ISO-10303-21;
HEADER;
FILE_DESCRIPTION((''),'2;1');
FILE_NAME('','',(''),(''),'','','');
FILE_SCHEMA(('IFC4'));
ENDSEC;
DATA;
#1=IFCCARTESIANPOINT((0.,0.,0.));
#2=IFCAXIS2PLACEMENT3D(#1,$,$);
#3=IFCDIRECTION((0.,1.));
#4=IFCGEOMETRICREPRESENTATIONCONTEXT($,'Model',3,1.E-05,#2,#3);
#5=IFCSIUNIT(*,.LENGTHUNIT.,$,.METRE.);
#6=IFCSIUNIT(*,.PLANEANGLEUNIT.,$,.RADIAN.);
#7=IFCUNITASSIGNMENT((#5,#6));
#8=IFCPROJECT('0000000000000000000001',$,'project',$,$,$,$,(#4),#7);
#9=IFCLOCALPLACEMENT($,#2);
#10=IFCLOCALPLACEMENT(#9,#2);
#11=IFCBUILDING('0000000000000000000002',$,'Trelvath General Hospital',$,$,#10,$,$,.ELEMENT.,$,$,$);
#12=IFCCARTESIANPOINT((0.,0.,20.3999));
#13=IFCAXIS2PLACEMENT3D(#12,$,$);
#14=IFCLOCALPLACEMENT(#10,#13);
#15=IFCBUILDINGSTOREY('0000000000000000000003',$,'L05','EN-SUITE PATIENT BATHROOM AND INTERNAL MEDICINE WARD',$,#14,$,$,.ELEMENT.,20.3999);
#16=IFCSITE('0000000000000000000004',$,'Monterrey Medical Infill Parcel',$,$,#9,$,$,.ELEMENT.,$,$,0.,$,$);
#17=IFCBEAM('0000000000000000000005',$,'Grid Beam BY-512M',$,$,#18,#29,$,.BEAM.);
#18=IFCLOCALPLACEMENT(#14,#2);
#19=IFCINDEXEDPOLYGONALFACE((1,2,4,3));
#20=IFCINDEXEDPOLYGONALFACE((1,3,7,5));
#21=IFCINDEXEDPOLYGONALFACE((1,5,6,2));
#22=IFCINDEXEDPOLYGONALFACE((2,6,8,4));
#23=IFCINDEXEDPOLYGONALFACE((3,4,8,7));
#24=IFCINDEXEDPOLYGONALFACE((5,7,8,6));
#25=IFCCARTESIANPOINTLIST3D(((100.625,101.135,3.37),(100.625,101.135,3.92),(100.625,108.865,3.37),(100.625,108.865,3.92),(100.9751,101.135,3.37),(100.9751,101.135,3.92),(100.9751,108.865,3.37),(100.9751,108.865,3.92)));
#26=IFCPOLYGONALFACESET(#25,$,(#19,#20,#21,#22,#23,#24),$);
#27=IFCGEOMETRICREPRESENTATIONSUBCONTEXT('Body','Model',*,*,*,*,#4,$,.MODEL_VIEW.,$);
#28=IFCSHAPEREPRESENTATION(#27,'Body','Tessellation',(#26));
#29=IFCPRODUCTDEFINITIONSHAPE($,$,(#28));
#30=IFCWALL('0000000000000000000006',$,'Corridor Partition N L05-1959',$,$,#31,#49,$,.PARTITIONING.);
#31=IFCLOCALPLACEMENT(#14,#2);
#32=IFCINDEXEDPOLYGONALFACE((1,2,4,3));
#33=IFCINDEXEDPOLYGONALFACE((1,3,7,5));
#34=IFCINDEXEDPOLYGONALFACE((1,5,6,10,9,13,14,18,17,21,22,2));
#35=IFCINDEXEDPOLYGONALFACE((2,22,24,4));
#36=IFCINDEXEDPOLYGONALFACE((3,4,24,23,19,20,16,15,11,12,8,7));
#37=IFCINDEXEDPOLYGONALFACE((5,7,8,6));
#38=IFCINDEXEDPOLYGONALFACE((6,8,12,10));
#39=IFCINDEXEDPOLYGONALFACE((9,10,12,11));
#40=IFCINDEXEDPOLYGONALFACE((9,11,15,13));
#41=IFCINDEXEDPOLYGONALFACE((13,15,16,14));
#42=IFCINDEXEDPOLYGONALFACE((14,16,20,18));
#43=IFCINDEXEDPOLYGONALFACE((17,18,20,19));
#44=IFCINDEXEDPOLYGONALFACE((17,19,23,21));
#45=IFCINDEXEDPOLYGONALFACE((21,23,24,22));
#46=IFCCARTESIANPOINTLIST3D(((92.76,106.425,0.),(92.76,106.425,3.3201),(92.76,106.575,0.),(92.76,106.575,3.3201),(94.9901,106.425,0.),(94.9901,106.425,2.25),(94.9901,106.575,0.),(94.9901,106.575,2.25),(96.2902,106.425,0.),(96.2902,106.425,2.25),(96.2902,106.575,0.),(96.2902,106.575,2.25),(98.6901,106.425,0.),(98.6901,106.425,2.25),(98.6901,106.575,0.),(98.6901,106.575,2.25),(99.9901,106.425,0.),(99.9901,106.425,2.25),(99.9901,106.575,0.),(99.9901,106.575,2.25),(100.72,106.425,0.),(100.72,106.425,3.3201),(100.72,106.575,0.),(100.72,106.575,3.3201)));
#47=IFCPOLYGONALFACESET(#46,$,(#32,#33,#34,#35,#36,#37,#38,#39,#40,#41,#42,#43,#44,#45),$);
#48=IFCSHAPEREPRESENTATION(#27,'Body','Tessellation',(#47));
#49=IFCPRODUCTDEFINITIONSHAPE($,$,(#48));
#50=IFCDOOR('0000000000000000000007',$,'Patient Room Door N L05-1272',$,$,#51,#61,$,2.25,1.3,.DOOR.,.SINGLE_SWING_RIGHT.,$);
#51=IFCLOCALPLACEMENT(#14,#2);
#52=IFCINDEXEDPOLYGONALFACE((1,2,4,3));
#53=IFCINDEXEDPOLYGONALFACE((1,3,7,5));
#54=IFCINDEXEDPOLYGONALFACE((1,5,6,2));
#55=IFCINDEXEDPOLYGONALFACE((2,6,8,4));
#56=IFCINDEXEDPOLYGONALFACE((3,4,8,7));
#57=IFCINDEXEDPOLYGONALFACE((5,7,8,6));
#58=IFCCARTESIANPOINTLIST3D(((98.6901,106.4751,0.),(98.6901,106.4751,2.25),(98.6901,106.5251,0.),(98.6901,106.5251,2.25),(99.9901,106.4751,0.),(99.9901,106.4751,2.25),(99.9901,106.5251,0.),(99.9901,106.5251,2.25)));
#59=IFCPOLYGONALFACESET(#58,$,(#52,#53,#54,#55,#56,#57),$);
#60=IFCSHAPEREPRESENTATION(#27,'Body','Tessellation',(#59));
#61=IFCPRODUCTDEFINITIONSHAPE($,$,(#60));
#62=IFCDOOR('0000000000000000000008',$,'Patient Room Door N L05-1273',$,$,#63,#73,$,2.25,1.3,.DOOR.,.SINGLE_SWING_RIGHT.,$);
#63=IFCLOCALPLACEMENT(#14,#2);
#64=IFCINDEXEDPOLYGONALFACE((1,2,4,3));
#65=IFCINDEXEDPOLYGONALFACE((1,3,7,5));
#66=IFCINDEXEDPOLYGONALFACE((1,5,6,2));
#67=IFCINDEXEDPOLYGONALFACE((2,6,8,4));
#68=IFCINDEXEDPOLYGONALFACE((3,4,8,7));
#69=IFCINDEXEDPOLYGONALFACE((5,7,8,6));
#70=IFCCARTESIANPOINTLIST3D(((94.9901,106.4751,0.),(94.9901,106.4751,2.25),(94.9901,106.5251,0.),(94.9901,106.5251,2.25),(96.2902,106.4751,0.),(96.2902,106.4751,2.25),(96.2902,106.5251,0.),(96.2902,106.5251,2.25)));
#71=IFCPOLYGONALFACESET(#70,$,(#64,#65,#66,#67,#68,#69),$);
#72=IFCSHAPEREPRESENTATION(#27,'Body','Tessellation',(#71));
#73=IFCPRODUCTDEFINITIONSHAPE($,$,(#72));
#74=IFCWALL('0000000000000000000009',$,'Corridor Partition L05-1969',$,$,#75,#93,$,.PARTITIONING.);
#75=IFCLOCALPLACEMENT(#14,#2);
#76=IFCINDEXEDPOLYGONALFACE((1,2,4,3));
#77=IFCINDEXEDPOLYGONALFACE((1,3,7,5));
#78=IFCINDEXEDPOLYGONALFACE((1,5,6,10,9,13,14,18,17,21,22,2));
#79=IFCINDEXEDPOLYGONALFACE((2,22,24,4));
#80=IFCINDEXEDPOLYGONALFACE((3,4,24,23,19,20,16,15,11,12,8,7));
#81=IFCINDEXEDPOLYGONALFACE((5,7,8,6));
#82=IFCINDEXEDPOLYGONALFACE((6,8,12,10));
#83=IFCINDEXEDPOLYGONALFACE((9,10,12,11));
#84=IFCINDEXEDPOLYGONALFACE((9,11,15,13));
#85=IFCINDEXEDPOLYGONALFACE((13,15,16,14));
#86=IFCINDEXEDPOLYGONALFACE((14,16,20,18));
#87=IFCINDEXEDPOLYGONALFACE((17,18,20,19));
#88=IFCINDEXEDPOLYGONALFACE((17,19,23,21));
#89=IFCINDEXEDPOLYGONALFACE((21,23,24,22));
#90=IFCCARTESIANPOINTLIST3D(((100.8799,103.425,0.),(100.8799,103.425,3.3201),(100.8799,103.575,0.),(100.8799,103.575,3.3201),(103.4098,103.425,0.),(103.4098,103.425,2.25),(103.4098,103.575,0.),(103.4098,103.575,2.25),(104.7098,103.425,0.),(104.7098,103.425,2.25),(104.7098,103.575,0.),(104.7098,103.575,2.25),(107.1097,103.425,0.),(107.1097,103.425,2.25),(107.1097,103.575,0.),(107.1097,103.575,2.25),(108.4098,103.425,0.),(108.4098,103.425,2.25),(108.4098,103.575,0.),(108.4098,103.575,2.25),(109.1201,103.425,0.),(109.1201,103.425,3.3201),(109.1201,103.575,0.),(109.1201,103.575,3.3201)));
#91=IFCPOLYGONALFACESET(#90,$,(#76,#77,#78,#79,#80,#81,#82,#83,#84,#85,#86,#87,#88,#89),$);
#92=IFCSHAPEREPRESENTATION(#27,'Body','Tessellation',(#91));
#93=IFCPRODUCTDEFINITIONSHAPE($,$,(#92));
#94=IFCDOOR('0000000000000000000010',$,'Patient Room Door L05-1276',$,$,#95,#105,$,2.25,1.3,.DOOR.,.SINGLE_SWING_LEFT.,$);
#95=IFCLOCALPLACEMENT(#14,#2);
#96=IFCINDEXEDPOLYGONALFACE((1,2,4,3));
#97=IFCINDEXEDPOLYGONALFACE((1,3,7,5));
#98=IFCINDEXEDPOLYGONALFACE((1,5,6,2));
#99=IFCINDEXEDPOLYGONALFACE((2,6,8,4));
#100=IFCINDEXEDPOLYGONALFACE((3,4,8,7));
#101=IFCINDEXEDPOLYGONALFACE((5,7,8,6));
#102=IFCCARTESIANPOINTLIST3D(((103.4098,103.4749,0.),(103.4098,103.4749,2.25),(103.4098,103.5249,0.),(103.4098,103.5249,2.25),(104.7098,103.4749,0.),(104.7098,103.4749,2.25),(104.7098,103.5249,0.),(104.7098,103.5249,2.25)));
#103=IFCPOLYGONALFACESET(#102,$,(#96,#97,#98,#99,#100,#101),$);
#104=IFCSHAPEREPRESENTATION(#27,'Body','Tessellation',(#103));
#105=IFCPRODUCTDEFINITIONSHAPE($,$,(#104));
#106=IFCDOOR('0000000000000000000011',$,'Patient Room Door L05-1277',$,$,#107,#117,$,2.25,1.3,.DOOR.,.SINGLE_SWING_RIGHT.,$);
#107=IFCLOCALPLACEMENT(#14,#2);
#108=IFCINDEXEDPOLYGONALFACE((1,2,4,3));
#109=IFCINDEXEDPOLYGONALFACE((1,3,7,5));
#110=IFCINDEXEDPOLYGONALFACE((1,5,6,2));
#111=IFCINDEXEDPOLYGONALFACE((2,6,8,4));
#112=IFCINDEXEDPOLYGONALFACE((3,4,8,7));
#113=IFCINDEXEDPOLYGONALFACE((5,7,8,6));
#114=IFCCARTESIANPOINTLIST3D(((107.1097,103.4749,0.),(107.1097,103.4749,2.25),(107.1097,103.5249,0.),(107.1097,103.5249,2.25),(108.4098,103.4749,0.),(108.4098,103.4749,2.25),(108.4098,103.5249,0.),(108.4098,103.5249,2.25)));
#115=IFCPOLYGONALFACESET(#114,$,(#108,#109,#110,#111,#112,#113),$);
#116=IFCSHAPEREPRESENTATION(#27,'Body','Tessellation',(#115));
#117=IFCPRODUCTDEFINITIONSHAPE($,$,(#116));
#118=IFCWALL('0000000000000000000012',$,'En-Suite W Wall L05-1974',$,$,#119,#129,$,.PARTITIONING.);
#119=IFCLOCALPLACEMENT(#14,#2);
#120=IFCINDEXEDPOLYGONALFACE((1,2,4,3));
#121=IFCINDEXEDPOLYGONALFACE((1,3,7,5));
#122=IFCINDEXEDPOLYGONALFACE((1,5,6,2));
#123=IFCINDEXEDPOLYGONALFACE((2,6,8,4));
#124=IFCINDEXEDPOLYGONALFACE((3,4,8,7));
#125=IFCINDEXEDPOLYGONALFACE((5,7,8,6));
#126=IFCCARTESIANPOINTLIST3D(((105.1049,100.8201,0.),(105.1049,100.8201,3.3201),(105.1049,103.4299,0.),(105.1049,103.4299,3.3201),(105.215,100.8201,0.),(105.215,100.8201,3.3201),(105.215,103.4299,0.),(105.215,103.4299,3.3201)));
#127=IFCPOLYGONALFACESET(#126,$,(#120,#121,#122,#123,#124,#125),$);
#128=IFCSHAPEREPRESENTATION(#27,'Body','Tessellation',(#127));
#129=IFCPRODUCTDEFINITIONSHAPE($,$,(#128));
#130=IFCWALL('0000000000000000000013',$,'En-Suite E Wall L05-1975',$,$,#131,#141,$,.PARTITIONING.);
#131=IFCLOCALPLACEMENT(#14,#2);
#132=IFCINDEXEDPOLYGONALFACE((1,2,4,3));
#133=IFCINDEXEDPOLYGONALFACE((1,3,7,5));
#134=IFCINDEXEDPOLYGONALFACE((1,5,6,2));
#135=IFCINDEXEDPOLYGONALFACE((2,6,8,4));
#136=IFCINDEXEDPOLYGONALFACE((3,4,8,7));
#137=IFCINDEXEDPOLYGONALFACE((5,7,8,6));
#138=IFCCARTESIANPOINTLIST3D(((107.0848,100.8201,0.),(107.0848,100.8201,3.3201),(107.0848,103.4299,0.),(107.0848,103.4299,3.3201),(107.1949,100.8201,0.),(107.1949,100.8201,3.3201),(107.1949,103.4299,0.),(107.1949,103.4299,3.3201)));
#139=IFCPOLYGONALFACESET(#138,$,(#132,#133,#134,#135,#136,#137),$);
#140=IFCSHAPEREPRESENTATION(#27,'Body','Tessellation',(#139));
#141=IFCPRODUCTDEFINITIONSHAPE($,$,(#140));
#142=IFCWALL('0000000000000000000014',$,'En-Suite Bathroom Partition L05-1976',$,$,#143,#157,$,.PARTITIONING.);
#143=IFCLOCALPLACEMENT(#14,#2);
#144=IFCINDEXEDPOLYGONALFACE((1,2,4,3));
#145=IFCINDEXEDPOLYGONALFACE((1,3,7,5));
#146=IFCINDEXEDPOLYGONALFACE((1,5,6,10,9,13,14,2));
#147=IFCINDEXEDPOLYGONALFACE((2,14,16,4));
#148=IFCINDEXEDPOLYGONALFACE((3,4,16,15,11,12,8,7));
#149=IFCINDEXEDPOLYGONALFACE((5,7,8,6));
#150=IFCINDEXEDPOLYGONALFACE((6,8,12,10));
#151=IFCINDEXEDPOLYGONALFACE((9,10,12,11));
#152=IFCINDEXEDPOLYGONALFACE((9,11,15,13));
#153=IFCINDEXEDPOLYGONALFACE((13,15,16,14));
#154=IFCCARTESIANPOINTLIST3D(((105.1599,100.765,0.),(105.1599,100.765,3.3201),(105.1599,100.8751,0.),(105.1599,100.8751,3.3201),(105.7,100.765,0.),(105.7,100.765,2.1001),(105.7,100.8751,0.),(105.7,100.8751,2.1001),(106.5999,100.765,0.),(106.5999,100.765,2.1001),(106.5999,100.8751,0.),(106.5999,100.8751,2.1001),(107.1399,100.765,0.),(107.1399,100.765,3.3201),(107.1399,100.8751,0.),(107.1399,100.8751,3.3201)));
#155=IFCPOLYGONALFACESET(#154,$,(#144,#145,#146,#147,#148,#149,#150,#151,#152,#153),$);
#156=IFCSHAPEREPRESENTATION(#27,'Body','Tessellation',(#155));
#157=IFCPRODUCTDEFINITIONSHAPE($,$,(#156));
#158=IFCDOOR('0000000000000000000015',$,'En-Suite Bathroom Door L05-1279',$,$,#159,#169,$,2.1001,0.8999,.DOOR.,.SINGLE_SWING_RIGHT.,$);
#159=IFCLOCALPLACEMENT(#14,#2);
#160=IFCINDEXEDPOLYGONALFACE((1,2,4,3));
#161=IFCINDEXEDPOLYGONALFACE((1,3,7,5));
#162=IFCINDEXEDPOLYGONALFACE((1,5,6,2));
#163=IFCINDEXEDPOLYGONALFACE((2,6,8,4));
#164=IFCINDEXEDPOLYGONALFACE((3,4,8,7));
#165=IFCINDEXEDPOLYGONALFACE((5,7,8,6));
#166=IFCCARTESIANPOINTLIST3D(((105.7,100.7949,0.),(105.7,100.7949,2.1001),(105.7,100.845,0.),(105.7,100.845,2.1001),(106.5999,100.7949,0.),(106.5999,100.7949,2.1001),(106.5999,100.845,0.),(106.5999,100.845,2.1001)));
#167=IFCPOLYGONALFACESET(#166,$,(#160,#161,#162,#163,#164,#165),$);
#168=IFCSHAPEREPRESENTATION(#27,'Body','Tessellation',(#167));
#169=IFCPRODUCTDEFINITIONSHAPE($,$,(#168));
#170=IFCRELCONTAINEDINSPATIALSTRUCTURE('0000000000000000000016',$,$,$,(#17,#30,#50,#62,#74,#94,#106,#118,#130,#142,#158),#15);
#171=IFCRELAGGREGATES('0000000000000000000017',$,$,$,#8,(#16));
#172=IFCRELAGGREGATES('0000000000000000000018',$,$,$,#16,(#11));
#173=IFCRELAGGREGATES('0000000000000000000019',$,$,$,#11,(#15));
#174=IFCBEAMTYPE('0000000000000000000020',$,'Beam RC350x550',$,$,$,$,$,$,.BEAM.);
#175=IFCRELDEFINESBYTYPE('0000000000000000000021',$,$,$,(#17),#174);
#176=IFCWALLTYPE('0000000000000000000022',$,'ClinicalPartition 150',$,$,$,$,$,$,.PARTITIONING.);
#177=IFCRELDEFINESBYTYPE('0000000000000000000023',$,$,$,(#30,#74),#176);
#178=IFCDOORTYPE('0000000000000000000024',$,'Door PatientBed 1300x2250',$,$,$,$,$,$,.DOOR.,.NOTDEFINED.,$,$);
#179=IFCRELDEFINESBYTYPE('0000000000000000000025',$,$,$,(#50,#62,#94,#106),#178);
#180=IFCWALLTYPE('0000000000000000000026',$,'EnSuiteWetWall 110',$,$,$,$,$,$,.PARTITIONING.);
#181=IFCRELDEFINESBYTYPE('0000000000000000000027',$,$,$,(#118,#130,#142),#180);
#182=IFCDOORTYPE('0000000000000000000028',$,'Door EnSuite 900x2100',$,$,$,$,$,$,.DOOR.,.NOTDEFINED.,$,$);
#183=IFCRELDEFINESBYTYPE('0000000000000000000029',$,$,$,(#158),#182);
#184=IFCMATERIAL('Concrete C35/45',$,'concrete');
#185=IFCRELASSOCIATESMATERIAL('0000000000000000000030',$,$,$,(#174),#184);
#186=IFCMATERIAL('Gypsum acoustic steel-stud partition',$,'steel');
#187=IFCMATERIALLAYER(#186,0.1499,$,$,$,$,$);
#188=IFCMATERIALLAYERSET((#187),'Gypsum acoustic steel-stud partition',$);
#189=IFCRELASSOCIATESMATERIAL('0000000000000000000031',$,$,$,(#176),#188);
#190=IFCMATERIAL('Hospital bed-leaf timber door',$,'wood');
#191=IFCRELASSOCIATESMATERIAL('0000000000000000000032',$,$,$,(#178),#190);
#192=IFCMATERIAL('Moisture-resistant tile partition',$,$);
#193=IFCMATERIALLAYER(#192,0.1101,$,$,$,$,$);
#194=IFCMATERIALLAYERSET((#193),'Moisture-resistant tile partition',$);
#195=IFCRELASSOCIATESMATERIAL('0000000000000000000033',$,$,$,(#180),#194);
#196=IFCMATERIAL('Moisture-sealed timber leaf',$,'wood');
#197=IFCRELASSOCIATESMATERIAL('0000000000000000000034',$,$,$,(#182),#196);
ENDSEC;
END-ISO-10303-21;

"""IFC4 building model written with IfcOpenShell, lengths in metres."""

from ifc_helpers import new_model, si_unit, direction, frame, frame_2d, origin, origin_2d, place, context, subcontext, project, spatial, rectangle, extrude, material, layer, layer_set, material_profile, profile_set, type_object, element, fill, save


model = new_model("IFC4")

# Units and contexts
model_context = context("Model", 3, precision=1e-05, world=origin(), true_north=direction((0.0, 1.0)))
body_context = subcontext(model_context, "Body", "Model", "MODEL_VIEW")
ifc_project = project(units=[si_unit("LENGTHUNIT", "METRE"), si_unit("PLANEANGLEUNIT", "RADIAN")], contexts=[model_context])

# Site, building, storey
site_placement = place(None, origin())
site = spatial("IfcSite", under=ifc_project, at=site_placement, Name="Monterrey Medical Infill Parcel", CompositionType="ELEMENT", RefElevation=0.0)
building_placement = place(site_placement, origin())
building = spatial("IfcBuilding", under=site, at=building_placement, Name="Trelvath General Hospital", CompositionType="ELEMENT")
storey_placement = place(building_placement, frame((0.0, 0.0, 20.3999)))
storey = spatial("IfcBuildingStorey", under=building, at=storey_placement, Name="L05", Description="EN-SUITE PATIENT BATHROOM AND INTERNAL MEDICINE WARD", CompositionType="ELEMENT", Elevation=20.3999)

# Beam
ifc_material_1 = material(Name="Concrete C35/45", Category="concrete")
ifc_material_profile = material_profile(ifc_material_1, rectangle(XDim=0.3501, YDim=0.55, at=origin_2d()), Name="RCB350x550")
ifc_profile_set = profile_set([ifc_material_profile], Name="Concrete C35/45")
beam_type = type_object("IfcBeamType", Name="Beam RC350x550", PredefinedType="BEAM", material=ifc_profile_set)
beam_placement = place(storey_placement, frame((100.8, 101.135, 3.645), z_axis=(0.0, 1.0, 0.0), x_axis=(-1.0, 0.0, 0.0)))
element("IfcBeam", 1, at=beam_placement, inside=storey, type_object=beam_type, Name="Grid Beam BY-512M", PredefinedType="BEAM", context=body_context, shape_type="SweptSolid", body=[
    extrude(rectangle(XDim=0.3501, YDim=0.55, at=origin_2d()), origin(), (0.0, 0.0, 1.0), 7.73),
])

# Walls, openings, doors
ifc_material_2 = material(Name="Gypsum acoustic steel-stud partition", Category="steel")
ifc_layer_1 = layer(ifc_material_2, 0.1499)
ifc_layer_set_1 = layer_set([ifc_layer_1], Name="Gypsum acoustic steel-stud partition")
wall_type_1 = type_object("IfcWallType", Name="ClinicalPartition 150", PredefinedType="PARTITIONING", material=ifc_layer_set_1)
wall_1_placement = place(storey_placement, frame((100.72, 106.5, 0.0), z_axis=(0.0, 0.0, 1.0), x_axis=(-1.0, 0.0, 0.0)))
wall_1 = element("IfcWall", 2, at=wall_1_placement, inside=storey, type_object=wall_type_1, Name="Corridor Partition N L05-1959", PredefinedType="PARTITIONING", context=body_context, shape_type="SweptSolid", body=[
    extrude(rectangle(XDim=7.96, YDim=0.1499, at=frame_2d((3.98, 0.0))), origin(), (0.0, 0.0, 1.0), 3.3201),
])
opening_1_placement = place(wall_1_placement, frame((0.73, 0.0, 0.0)))
opening_1 = element("IfcOpeningElement", 3, at=opening_1_placement, cuts=wall_1, PredefinedType="OPENING", context=body_context, shape_type="SweptSolid", body=[
    extrude(rectangle(XDim=1.3, YDim=2.25, at=frame_2d((0.6499, 1.125))), frame((0.0, 0.085, 0.0), z_axis=(0.0, -1.0, 0.0), x_axis=(1.0, 0.0, 0.0)), (0.0, 0.0, 1.0), 0.1699),
])
opening_2_placement = place(wall_1_placement, frame((4.4299, 0.0, 0.0)))
opening_2 = element("IfcOpeningElement", 4, at=opening_2_placement, cuts=wall_1, PredefinedType="OPENING", context=body_context, shape_type="SweptSolid", body=[
    extrude(rectangle(XDim=1.3, YDim=2.25, at=frame_2d((0.6499, 1.125))), frame((0.0, 0.085, 0.0), z_axis=(0.0, -1.0, 0.0), x_axis=(1.0, 0.0, 0.0)), (0.0, 0.0, 1.0), 0.1699),
])
ifc_material_3 = material(Name="Hospital bed-leaf timber door", Category="wood")
door_type_1 = type_object("IfcDoorType", Name="Door PatientBed 1300x2250", OperationType="NOTDEFINED", PredefinedType="DOOR", material=ifc_material_3)
door_1_placement = place(opening_1_placement, origin())
door_1 = element("IfcDoor", 5, at=door_1_placement, inside=storey, type_object=door_type_1, Name="Patient Room Door N L05-1272", OperationType="SINGLE_SWING_RIGHT", OverallHeight=2.25, OverallWidth=1.3, PredefinedType="DOOR", context=body_context, shape_type="SweptSolid", body=[
    extrude(rectangle(XDim=1.3, YDim=2.25, at=frame_2d((0.6499, 1.125))), frame((0.0, 0.0249, 0.0), z_axis=(0.0, -1.0, 0.0), x_axis=(1.0, 0.0, 0.0)), (0.0, 0.0, 1.0), 0.05),
])
fill(opening_1, door_1)
door_2_placement = place(opening_2_placement, origin())
door_2 = element("IfcDoor", 6, at=door_2_placement, inside=storey, type_object=door_type_1, Name="Patient Room Door N L05-1273", OperationType="SINGLE_SWING_RIGHT", OverallHeight=2.25, OverallWidth=1.3, PredefinedType="DOOR", context=body_context, shape_type="SweptSolid", body=[
    extrude(rectangle(XDim=1.3, YDim=2.25, at=frame_2d((0.6499, 1.125))), frame((0.0, 0.0249, 0.0), z_axis=(0.0, -1.0, 0.0), x_axis=(1.0, 0.0, 0.0)), (0.0, 0.0, 1.0), 0.05),
])
fill(opening_2, door_2)
wall_2_placement = place(storey_placement, frame((100.8799, 103.5, 0.0), z_axis=(0.0, 0.0, 1.0), x_axis=(1.0, 0.0, 0.0)))
wall_2 = element("IfcWall", 7, at=wall_2_placement, inside=storey, type_object=wall_type_1, Name="Corridor Partition L05-1969", PredefinedType="PARTITIONING", context=body_context, shape_type="SweptSolid", body=[
    extrude(rectangle(XDim=8.2402, YDim=0.1499, at=frame_2d((4.1201, 0.0))), origin(), (0.0, 0.0, 1.0), 3.3201),
])
opening_3_placement = place(wall_2_placement, frame((2.53, 0.0, 0.0)))
opening_3 = element("IfcOpeningElement", 8, at=opening_3_placement, cuts=wall_2, PredefinedType="OPENING", context=body_context, shape_type="SweptSolid", body=[
    extrude(rectangle(XDim=1.3, YDim=2.25, at=frame_2d((0.6499, 1.125))), frame((0.0, 0.085, 0.0), z_axis=(0.0, -1.0, 0.0), x_axis=(1.0, 0.0, 0.0)), (0.0, 0.0, 1.0), 0.1699),
])
opening_4_placement = place(wall_2_placement, frame((6.23, 0.0, 0.0)))
opening_4 = element("IfcOpeningElement", 9, at=opening_4_placement, cuts=wall_2, PredefinedType="OPENING", context=body_context, shape_type="SweptSolid", body=[
    extrude(rectangle(XDim=1.3, YDim=2.25, at=frame_2d((0.6499, 1.125))), frame((0.0, 0.085, 0.0), z_axis=(0.0, -1.0, 0.0), x_axis=(1.0, 0.0, 0.0)), (0.0, 0.0, 1.0), 0.1699),
])
door_3_placement = place(opening_3_placement, origin())
door_3 = element("IfcDoor", 10, at=door_3_placement, inside=storey, type_object=door_type_1, Name="Patient Room Door L05-1276", OperationType="SINGLE_SWING_LEFT", OverallHeight=2.25, OverallWidth=1.3, PredefinedType="DOOR", context=body_context, shape_type="SweptSolid", body=[
    extrude(rectangle(XDim=1.3, YDim=2.25, at=frame_2d((0.6499, 1.125))), frame((0.0, 0.0249, 0.0), z_axis=(0.0, -1.0, 0.0), x_axis=(1.0, 0.0, 0.0)), (0.0, 0.0, 1.0), 0.05),
])
fill(opening_3, door_3)
door_4_placement = place(opening_4_placement, origin())
door_4 = element("IfcDoor", 11, at=door_4_placement, inside=storey, type_object=door_type_1, Name="Patient Room Door L05-1277", OperationType="SINGLE_SWING_RIGHT", OverallHeight=2.25, OverallWidth=1.3, PredefinedType="DOOR", context=body_context, shape_type="SweptSolid", body=[
    extrude(rectangle(XDim=1.3, YDim=2.25, at=frame_2d((0.6499, 1.125))), frame((0.0, 0.0249, 0.0), z_axis=(0.0, -1.0, 0.0), x_axis=(1.0, 0.0, 0.0)), (0.0, 0.0, 1.0), 0.05),
])
fill(opening_4, door_4)

# Walls
ifc_material_4 = material(Name="Moisture-resistant tile partition")
ifc_layer_2 = layer(ifc_material_4, 0.1101)
ifc_layer_set_2 = layer_set([ifc_layer_2], Name="Moisture-resistant tile partition")
wall_type_2 = type_object("IfcWallType", Name="EnSuiteWetWall 110", PredefinedType="PARTITIONING", material=ifc_layer_set_2)
for number, where, z_axis, x_axis, name in (
    (12, (105.1599, 100.8201, 0.0), (0.0, 0.0, 1.0), (0.0, 1.0, 0.0), "En-Suite W Wall L05-1974"),
    (13, (107.1399, 100.8201, 0.0), (0.0, 0.0, 1.0), (0.0, 1.0, 0.0), "En-Suite E Wall L05-1975"),
):
    element("IfcWall", number, at=place(storey_placement, frame(where, z_axis=z_axis, x_axis=x_axis)), inside=storey, type_object=wall_type_2, Name=name, PredefinedType="PARTITIONING", context=body_context, shape_type="SweptSolid", body=[
        extrude(rectangle(XDim=2.6099, YDim=0.1101, at=frame_2d((1.3049, 0.0))), origin(), (0.0, 0.0, 1.0), 3.3201),
    ])

# Wall, opening, door
wall_3_placement = place(storey_placement, frame((105.1599, 100.8201, 0.0), z_axis=(0.0, 0.0, 1.0), x_axis=(1.0, 0.0, 0.0)))
wall_3 = element("IfcWall", 14, at=wall_3_placement, inside=storey, type_object=wall_type_2, Name="En-Suite Bathroom Partition L05-1976", PredefinedType="PARTITIONING", context=body_context, shape_type="SweptSolid", body=[
    extrude(rectangle(XDim=1.98, YDim=0.1101, at=frame_2d((0.99, 0.0))), origin(), (0.0, 0.0, 1.0), 3.3201),
])
opening_5_placement = place(wall_3_placement, frame((0.54, 0.0, 0.0)))
opening_5 = element("IfcOpeningElement", 15, at=opening_5_placement, cuts=wall_3, PredefinedType="OPENING", context=body_context, shape_type="SweptSolid", body=[
    extrude(rectangle(XDim=0.8999, YDim=2.1001, at=frame_2d((0.45, 1.05))), frame((0.0, 0.0649, 0.0), z_axis=(0.0, -1.0, 0.0), x_axis=(1.0, 0.0, 0.0)), (0.0, 0.0, 1.0), 0.1301),
])
ifc_material_5 = material(Name="Moisture-sealed timber leaf", Category="wood")
door_type_2 = type_object("IfcDoorType", Name="Door EnSuite 900x2100", OperationType="NOTDEFINED", PredefinedType="DOOR", material=ifc_material_5)
door_5_placement = place(opening_5_placement, origin())
door_5 = element("IfcDoor", 16, at=door_5_placement, inside=storey, type_object=door_type_2, Name="En-Suite Bathroom Door L05-1279", OperationType="SINGLE_SWING_RIGHT", OverallHeight=2.1001, OverallWidth=0.8999, PredefinedType="DOOR", context=body_context, shape_type="SweptSolid", body=[
    extrude(rectangle(XDim=0.8999, YDim=2.1001, at=frame_2d((0.45, 1.05))), frame((0.0, 0.0249, 0.0), z_axis=(0.0, -1.0, 0.0), x_axis=(1.0, 0.0, 0.0)), (0.0, 0.0, 1.0), 0.05),
])
fill(opening_5, door_5)

save(model, "model.ifc")
